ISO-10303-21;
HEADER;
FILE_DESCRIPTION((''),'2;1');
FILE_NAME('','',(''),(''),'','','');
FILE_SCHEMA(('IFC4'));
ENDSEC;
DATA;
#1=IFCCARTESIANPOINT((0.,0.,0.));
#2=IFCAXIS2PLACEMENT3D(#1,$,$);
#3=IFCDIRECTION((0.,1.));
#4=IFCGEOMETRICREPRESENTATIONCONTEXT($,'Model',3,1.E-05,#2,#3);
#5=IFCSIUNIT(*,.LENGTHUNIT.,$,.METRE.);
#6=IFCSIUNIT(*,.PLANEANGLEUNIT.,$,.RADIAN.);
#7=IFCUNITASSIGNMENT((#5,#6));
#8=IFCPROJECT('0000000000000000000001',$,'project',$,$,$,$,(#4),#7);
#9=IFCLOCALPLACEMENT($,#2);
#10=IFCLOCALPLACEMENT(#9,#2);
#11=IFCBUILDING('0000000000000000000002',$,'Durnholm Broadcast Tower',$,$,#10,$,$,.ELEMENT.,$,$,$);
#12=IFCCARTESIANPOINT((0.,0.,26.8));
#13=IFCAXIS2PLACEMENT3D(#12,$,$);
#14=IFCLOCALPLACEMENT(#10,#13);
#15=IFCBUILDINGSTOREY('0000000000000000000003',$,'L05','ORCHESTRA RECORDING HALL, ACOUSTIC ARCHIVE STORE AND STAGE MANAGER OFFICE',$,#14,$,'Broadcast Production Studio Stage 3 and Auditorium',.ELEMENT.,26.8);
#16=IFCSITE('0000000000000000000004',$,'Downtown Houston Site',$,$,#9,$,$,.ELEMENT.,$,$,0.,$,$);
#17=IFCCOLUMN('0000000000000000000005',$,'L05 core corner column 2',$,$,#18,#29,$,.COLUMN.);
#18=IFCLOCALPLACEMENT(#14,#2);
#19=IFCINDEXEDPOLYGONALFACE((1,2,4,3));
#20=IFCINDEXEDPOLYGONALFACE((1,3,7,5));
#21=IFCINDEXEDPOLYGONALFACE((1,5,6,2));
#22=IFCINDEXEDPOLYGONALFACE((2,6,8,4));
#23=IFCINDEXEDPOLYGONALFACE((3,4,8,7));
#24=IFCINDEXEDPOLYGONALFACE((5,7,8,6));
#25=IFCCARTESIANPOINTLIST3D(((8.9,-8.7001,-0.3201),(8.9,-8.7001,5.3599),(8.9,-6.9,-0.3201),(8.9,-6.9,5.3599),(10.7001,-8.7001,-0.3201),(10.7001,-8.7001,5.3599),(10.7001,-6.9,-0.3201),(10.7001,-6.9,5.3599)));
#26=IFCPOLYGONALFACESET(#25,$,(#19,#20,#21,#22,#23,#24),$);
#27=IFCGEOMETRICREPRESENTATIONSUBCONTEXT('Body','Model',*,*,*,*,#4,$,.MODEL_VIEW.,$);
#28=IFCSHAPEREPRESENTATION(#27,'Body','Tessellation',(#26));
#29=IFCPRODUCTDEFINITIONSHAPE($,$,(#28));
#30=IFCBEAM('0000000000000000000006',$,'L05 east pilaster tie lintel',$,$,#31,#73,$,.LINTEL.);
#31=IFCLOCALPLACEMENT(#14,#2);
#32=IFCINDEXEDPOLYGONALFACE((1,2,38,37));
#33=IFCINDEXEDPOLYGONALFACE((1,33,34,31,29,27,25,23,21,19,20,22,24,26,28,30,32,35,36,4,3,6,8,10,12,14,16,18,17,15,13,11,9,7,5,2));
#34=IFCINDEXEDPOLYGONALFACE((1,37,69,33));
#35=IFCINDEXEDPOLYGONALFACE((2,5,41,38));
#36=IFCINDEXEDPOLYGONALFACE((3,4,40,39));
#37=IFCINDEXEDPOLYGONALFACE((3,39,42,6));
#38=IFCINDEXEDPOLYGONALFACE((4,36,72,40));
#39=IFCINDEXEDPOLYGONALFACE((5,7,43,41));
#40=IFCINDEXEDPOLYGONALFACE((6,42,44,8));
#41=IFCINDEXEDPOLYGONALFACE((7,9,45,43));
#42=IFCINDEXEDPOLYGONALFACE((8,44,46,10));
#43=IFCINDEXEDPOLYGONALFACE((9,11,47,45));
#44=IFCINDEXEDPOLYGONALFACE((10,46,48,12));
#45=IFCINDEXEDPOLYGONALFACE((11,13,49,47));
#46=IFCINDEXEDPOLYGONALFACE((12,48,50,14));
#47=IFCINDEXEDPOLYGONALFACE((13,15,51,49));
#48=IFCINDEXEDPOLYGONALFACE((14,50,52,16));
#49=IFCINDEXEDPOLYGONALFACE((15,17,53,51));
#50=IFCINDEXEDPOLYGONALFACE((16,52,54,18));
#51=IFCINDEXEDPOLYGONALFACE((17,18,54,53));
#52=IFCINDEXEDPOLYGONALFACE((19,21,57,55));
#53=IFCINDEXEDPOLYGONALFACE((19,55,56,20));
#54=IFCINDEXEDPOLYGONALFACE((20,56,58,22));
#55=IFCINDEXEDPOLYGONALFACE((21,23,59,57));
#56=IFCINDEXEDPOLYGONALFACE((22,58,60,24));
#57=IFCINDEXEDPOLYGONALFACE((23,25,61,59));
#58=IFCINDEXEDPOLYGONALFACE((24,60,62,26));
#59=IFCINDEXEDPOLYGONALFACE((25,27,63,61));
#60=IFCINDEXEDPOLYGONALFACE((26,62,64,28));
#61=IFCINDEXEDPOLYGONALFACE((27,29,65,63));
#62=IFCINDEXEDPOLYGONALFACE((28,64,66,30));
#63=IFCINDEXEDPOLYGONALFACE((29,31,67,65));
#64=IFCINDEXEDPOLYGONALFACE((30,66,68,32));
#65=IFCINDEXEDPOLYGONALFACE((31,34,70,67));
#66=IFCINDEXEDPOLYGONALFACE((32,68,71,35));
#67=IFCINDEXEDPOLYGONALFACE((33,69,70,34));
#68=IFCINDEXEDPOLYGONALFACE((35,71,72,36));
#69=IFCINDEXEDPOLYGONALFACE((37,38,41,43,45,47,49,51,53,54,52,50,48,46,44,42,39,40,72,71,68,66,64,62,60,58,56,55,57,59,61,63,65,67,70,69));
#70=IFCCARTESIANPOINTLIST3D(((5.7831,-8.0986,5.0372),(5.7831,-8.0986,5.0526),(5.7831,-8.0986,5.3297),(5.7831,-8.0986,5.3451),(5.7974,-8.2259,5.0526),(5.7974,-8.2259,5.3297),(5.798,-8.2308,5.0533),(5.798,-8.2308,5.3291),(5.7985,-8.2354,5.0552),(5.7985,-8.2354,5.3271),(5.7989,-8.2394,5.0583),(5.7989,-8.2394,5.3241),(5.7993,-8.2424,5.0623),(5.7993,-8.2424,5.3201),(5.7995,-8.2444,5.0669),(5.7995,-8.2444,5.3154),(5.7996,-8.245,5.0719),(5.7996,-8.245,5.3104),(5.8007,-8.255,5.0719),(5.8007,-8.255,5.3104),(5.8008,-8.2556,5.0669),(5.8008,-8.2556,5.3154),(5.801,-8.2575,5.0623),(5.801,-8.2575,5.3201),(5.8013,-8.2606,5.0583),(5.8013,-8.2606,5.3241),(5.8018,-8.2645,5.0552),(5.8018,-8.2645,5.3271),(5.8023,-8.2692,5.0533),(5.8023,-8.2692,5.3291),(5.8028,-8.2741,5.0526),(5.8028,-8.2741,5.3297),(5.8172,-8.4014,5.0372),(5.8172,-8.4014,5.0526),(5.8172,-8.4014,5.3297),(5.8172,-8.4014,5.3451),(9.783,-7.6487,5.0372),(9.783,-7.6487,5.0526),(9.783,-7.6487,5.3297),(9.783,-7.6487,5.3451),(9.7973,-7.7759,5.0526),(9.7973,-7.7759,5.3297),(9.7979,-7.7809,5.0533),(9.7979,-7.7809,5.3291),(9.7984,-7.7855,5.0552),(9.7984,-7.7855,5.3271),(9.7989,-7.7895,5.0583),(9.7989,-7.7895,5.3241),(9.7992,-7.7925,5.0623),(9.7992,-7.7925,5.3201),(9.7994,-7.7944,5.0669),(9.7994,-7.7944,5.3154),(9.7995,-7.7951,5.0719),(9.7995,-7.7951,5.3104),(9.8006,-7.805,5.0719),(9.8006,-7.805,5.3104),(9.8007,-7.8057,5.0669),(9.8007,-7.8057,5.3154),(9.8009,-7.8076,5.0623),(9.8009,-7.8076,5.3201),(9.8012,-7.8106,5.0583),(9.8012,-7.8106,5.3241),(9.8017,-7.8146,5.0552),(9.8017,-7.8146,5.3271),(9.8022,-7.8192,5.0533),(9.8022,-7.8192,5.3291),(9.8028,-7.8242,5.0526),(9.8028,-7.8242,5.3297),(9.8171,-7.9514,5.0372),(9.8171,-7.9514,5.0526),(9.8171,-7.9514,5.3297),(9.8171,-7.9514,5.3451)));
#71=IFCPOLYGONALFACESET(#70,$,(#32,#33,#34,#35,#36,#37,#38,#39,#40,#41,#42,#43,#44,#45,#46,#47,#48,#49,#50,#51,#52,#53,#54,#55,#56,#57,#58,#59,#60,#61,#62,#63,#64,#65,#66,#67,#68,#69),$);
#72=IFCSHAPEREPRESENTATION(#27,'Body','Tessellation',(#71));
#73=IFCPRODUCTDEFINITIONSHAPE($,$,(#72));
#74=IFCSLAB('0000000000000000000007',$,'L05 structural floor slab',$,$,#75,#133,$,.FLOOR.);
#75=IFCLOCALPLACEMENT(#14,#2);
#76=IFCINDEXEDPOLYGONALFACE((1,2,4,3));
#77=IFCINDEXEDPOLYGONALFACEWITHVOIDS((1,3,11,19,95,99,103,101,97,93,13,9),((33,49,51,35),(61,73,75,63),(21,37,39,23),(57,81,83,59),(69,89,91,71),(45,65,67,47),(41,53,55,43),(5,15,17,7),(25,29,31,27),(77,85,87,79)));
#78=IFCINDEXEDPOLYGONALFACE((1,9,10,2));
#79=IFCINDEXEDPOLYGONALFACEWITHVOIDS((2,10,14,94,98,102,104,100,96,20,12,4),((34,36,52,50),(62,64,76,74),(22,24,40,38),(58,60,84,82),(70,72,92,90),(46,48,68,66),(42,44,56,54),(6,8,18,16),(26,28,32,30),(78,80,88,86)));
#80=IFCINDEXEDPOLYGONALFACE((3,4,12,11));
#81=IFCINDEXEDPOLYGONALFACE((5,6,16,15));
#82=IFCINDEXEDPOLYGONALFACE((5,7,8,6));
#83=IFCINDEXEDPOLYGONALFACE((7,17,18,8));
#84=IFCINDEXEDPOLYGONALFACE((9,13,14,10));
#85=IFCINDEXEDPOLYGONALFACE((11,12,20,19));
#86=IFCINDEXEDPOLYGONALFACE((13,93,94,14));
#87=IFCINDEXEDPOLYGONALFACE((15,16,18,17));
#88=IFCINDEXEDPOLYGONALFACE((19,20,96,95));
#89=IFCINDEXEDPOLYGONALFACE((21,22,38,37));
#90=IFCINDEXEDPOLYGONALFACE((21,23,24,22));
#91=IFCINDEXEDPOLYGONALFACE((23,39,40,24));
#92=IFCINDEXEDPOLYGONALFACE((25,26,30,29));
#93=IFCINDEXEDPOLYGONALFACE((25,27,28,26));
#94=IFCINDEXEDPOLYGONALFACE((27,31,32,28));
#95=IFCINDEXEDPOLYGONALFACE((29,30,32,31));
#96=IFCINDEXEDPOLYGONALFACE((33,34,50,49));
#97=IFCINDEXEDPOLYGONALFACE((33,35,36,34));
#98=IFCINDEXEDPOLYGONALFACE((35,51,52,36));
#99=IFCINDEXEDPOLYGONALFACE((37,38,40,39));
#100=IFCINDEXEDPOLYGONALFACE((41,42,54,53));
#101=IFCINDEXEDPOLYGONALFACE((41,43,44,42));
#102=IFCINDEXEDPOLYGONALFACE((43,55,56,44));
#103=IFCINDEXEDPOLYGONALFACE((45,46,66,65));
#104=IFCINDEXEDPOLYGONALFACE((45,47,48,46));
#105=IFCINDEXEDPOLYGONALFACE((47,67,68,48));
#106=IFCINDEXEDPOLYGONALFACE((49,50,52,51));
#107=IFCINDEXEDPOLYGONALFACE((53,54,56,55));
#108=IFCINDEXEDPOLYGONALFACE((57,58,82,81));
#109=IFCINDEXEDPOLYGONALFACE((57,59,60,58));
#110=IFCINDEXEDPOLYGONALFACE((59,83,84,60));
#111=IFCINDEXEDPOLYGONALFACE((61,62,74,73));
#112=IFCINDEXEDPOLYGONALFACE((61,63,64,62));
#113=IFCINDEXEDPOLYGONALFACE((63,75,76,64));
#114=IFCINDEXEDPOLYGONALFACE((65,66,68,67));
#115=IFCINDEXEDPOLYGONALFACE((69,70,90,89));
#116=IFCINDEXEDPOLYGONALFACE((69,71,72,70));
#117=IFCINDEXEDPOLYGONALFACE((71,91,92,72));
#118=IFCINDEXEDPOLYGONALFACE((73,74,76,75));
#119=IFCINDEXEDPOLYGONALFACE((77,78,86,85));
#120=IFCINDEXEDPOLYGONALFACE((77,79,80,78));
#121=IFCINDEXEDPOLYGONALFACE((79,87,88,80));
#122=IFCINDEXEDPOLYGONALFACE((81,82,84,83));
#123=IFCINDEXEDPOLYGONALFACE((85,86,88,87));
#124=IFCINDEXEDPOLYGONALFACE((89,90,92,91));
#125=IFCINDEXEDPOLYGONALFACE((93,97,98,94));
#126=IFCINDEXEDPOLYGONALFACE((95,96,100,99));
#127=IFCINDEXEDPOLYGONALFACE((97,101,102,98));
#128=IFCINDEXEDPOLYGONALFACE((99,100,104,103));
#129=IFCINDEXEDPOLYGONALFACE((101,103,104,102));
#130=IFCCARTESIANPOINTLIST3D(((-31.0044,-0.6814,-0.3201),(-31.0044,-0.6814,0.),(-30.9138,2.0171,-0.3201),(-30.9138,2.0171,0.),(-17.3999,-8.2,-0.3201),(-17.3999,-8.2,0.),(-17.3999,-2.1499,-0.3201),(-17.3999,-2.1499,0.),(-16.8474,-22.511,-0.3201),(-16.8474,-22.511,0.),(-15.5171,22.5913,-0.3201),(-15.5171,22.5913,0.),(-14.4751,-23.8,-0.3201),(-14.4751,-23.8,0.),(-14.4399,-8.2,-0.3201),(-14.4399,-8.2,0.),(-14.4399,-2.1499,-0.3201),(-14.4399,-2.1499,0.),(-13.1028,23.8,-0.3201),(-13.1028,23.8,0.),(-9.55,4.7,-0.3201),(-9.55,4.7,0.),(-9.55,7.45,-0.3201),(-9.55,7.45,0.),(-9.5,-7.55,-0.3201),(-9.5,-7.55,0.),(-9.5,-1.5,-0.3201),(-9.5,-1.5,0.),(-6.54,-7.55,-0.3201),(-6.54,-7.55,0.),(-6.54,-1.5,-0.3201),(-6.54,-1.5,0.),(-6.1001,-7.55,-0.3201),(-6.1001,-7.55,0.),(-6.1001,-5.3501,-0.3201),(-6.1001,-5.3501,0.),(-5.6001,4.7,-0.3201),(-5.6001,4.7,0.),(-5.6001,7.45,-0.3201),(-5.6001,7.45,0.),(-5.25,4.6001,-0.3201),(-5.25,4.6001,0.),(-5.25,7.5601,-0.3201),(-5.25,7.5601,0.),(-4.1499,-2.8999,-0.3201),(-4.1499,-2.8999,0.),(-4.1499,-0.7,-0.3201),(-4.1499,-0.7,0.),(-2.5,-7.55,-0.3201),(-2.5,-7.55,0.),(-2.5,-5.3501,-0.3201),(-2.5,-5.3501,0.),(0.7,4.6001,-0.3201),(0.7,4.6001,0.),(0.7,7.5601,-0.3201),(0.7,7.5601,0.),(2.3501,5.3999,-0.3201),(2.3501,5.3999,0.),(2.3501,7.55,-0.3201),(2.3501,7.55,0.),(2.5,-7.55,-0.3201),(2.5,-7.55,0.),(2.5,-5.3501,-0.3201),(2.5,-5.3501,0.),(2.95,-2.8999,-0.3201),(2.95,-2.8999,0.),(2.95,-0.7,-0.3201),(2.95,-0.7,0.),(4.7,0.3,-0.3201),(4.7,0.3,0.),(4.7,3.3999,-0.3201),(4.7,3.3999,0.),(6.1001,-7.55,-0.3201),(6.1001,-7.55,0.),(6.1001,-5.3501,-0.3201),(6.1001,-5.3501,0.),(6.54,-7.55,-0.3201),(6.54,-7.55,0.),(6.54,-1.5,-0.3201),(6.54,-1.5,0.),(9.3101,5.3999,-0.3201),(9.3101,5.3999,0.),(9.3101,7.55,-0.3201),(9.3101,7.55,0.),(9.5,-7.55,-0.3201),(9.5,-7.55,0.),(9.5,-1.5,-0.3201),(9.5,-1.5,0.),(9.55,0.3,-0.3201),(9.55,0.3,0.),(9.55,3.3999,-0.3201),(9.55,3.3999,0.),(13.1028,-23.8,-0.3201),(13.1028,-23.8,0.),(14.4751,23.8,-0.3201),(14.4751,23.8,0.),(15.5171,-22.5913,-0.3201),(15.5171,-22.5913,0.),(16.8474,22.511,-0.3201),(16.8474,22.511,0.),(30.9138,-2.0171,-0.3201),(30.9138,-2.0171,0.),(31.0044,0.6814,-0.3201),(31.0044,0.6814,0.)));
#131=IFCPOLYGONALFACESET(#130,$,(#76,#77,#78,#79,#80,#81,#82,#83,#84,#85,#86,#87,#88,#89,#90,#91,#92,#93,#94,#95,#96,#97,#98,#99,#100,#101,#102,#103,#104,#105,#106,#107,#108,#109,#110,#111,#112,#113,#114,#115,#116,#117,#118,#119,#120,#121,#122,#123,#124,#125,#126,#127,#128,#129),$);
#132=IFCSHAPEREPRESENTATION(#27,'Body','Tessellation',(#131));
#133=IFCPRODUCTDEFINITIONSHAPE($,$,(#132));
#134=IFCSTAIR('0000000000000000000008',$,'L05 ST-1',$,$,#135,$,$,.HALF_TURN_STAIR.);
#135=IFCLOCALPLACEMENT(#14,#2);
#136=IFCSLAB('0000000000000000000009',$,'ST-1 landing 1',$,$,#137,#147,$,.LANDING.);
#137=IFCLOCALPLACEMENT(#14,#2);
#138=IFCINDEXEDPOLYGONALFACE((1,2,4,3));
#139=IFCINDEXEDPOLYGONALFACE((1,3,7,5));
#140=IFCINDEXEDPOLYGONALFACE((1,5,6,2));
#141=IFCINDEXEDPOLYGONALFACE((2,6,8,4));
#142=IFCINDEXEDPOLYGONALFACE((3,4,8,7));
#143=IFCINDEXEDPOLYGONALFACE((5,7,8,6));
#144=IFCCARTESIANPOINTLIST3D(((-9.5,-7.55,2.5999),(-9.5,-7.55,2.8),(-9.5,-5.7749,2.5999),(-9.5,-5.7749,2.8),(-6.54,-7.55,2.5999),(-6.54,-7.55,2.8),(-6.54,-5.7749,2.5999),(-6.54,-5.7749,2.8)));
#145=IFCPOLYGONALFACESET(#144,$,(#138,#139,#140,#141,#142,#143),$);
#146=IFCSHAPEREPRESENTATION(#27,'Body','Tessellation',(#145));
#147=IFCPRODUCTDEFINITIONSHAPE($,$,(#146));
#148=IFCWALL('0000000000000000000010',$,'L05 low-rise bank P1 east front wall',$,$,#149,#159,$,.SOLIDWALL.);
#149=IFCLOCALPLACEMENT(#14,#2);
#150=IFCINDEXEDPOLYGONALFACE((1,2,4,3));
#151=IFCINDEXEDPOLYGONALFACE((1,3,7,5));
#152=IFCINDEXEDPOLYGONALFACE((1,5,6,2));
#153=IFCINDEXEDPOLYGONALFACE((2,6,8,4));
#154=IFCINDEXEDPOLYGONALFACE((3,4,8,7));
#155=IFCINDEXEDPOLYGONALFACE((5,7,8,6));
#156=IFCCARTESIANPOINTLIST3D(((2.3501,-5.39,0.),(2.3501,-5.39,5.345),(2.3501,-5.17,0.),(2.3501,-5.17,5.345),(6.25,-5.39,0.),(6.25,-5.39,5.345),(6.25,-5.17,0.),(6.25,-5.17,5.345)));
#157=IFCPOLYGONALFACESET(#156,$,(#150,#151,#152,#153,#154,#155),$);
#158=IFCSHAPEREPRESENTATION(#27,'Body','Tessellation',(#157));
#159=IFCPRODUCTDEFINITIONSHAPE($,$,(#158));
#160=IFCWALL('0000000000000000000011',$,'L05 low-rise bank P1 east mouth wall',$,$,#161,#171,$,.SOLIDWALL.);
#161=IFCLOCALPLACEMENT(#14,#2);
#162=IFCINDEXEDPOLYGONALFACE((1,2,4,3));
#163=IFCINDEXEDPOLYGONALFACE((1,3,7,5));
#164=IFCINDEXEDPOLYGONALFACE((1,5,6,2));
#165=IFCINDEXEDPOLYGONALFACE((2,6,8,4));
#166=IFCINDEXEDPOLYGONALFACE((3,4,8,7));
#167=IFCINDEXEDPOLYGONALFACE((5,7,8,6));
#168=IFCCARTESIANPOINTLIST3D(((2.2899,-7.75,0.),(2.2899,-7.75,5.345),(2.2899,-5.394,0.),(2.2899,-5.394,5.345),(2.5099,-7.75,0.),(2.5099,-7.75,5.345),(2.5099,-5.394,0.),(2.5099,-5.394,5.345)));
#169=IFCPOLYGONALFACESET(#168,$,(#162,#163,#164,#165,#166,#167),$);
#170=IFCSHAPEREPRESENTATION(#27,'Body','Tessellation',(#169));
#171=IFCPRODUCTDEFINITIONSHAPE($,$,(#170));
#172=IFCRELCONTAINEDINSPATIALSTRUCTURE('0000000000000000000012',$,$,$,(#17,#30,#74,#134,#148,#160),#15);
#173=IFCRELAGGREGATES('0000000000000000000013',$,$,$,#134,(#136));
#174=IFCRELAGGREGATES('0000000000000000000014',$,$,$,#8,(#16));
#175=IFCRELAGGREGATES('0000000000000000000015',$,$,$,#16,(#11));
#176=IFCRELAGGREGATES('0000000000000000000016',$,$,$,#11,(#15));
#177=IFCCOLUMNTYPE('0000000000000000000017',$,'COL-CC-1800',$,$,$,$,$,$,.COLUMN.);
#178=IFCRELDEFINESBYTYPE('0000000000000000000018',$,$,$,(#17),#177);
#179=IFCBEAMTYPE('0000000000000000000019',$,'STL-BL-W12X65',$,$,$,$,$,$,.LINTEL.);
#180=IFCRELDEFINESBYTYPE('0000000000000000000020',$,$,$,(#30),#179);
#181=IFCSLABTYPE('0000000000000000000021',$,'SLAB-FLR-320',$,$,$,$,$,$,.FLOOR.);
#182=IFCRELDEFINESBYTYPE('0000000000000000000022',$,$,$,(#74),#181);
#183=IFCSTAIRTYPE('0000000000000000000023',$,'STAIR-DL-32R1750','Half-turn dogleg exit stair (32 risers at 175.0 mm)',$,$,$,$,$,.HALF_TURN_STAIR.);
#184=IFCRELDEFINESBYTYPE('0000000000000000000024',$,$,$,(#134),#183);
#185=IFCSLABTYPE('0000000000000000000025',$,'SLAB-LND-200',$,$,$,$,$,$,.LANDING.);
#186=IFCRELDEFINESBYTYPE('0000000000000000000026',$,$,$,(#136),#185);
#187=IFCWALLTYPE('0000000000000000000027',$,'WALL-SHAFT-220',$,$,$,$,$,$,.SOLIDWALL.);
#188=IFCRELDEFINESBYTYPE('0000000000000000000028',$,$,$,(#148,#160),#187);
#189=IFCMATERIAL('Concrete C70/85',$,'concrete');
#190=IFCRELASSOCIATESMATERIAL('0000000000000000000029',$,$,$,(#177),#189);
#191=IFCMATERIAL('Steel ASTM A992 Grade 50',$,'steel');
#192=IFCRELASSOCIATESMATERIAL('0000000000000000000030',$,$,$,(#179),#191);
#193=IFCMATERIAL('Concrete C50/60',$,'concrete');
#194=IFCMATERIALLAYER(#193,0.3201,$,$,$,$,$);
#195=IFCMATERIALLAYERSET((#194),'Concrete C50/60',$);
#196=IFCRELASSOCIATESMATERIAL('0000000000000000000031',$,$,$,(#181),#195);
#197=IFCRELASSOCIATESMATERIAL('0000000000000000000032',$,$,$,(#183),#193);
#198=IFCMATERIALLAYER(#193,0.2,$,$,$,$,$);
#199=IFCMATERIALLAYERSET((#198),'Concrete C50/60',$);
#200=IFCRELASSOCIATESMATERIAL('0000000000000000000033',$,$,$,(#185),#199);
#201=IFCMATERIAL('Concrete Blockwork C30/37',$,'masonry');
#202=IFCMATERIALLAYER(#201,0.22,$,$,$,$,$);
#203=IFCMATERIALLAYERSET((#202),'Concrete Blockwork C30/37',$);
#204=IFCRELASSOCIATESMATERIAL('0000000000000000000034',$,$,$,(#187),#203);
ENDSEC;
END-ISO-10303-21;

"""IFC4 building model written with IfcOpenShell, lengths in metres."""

from ifc_helpers import new_model, si_unit, direction, frame, frame_2d, origin, origin_2d, place, context, subcontext, project, spatial, polyline, rectangle, i_section, outline, extrude, source, transform, mapped, material, layer, layer_set, material_profile, profile_set, type_object, type_shapes, element, aggregate, save


model = new_model("IFC4")

# Units and contexts
model_context = context("Model", 3, precision=1e-05, world=origin(), true_north=direction((0.0, 1.0)))
body_context = subcontext(model_context, "Body", "Model", "MODEL_VIEW")
ifc_project = project(units=[si_unit("LENGTHUNIT", "METRE"), si_unit("PLANEANGLEUNIT", "RADIAN")], contexts=[model_context])

# Site, building, storey
site_placement = place(None, origin())
site = spatial("IfcSite", under=ifc_project, at=site_placement, Name="Downtown Houston Site", CompositionType="ELEMENT", RefElevation=0.0)
building_placement = place(site_placement, origin())
building = spatial("IfcBuilding", under=site, at=building_placement, Name="Durnholm Broadcast Tower", CompositionType="ELEMENT")
storey_placement = place(building_placement, frame((0.0, 0.0, 26.8)))
storey = spatial("IfcBuildingStorey", under=building, at=storey_placement, Name="L05", Description="ORCHESTRA RECORDING HALL, ACOUSTIC ARCHIVE STORE AND STAGE MANAGER OFFICE", LongName="Broadcast Production Studio Stage 3 and Auditorium", CompositionType="ELEMENT", Elevation=26.8)

# Column
ifc_material_1 = material(Name="Concrete C70/85", Category="concrete")
ifc_material_profile_1 = material_profile(ifc_material_1, rectangle(XDim=1.8, YDim=1.8, at=origin_2d()), Name="RC1800X1800")
ifc_profile_set_1 = profile_set([ifc_material_profile_1], Name="Concrete C70/85")
column_type = type_object("IfcColumnType", Name="COL-CC-1800", PredefinedType="COLUMN", material=ifc_profile_set_1)
shared_shape_1 = source(origin(), body_context, "Body", "SweptSolid", [
    extrude(rectangle(XDim=1.8, YDim=1.8, at=origin_2d()), origin(), (0.0, 0.0, 1.0), 5.6799),
])
type_shapes(column_type, [shared_shape_1])
column_placement = place(storey_placement, frame((9.8, -7.8, -0.3201), z_axis=(0.0, 0.0, 1.0), x_axis=(1.0, 0.0, 0.0)))
element("IfcColumn", 1, at=column_placement, inside=storey, type_object=column_type, Name="L05 core corner column 2", PredefinedType="COLUMN", context=body_context, shape_type="MappedRepresentation", body=[
    mapped(shared_shape_1, transform((0.0, 0.0, 0.0), x_axis=(1.0, 0.0, 0.0), y_axis=(0.0, 1.0, 0.0), z_axis=(0.0, 0.0, 1.0), scale=1.0)),
])

# Beam
ifc_material_2 = material(Name="Steel ASTM A992 Grade 50", Category="steel")
ifc_material_profile_2 = material_profile(ifc_material_2, i_section(OverallWidth=0.3047, OverallDepth=0.3079, WebThickness=0.01, FlangeThickness=0.0154, FilletRadius=0.0193, at=origin_2d()), Name="W12X65")
ifc_profile_set_2 = profile_set([ifc_material_profile_2], Name="Steel ASTM A992 Grade 50")
beam_type = type_object("IfcBeamType", Name="STL-BL-W12X65", PredefinedType="LINTEL", material=ifc_profile_set_2)
shared_shape_2 = source(origin(), body_context, "Body", "SweptSolid", [
    extrude(i_section(OverallWidth=0.3047, OverallDepth=0.3079, WebThickness=0.01, FlangeThickness=0.0154, FilletRadius=0.0193, at=origin_2d()), origin(), (0.0, 0.0, 1.0), 4.0251),
])
type_shapes(beam_type, [shared_shape_2])
beam_placement = place(storey_placement, frame((9.8, -7.8, 5.1912), z_axis=(-0.993733, -0.111783, 0.0), x_axis=(0.111783, -0.993733, 0.0)))
element("IfcBeam", 2, at=beam_placement, inside=storey, type_object=beam_type, Name="L05 east pilaster tie lintel", PredefinedType="LINTEL", context=body_context, shape_type="MappedRepresentation", body=[
    mapped(shared_shape_2, transform((0.0, 0.0, 0.0), x_axis=(1.0, 0.0, 0.0), y_axis=(0.0, 1.0, 0.0), z_axis=(0.0, 0.0, 1.0), scale=1.0)),
])

# Slab
ifc_material_3 = material(Name="Concrete C50/60", Category="concrete")
ifc_layer_1 = layer(ifc_material_3, 0.3201)
ifc_layer_set_1 = layer_set([ifc_layer_1], Name="Concrete C50/60")
slab_type_1 = type_object("IfcSlabType", Name="SLAB-FLR-320", PredefinedType="FLOOR", material=ifc_layer_set_1)
slab_1_placement = place(storey_placement, frame((0.0, 0.0, -0.3201)))
element("IfcSlab", 3, at=slab_1_placement, inside=storey, type_object=slab_type_1, Name="L05 structural floor slab", PredefinedType="FLOOR", context=body_context, shape_type="SweptSolid", body=[
    extrude(outline(polyline([(-16.8474, -22.511), (-14.4751, -23.8), (13.1028, -23.8), (15.5171, -22.5913), (30.9138, -2.0171), (31.0044, 0.6814), (16.8474, 22.511), (14.4751, 23.8), (-13.1028, 23.8), (-15.5171, 22.5913), (-30.9138, 2.0171), (-31.0044, -0.6814), (-16.8474, -22.511)]), holes=[polyline([(-2.5, -5.3501), (-6.1001, -5.3501), (-6.1001, -7.55), (-2.5, -7.55), (-2.5, -5.3501)]), polyline([(6.1001, -5.3501), (2.5, -5.3501), (2.5, -7.55), (6.1001, -7.55), (6.1001, -5.3501)]), polyline([(-14.4399, -8.2), (-14.4399, -2.1499), (-17.3999, -2.1499), (-17.3999, -8.2), (-14.4399, -8.2)]), polyline([(-9.5, -7.55), (-6.54, -7.55), (-6.54, -1.5), (-9.5, -1.5), (-9.5, -7.55)]), polyline([(6.54, -7.55), (9.5, -7.55), (9.5, -1.5), (6.54, -1.5), (6.54, -7.55)]), polyline([(2.95, -0.7), (-4.1499, -0.7), (-4.1499, -2.8999), (2.95, -2.8999), (2.95, -0.7)]), polyline([(9.55, 3.3999), (4.7, 3.3999), (4.7, 0.3), (9.55, 0.3), (9.55, 3.3999)]), polyline([(-5.6001, 7.45), (-9.55, 7.45), (-9.55, 4.7), (-5.6001, 4.7), (-5.6001, 7.45)]), polyline([(-5.25, 7.5601), (-5.25, 4.6001), (0.7, 4.6001), (0.7, 7.5601), (-5.25, 7.5601)]), polyline([(9.3101, 5.3999), (9.3101, 7.55), (2.3501, 7.55), (2.3501, 5.3999), (9.3101, 5.3999)])]), origin(), (0.0, 0.0, 1.0), 0.3201),
])

# Stair, slab
stair_type = type_object("IfcStairType", Name="STAIR-DL-32R1750", Description="Half-turn dogleg exit stair (32 risers at 175.0 mm)", PredefinedType="HALF_TURN_STAIR", material=ifc_material_3)
stair_1_placement = place(storey_placement, origin())
stair_1 = element("IfcStair", 4, at=stair_1_placement, inside=storey, type_object=stair_type, Name="L05 ST-1", PredefinedType="HALF_TURN_STAIR")
ifc_layer_2 = layer(ifc_material_3, 0.2)
ifc_layer_set_2 = layer_set([ifc_layer_2], Name="Concrete C50/60")
slab_type_2 = type_object("IfcSlabType", Name="SLAB-LND-200", PredefinedType="LANDING", material=ifc_layer_set_2)
slab_2_placement = place(storey_placement, frame((0.0, 0.0, 2.5999)))
slab_2 = element("IfcSlab", 5, at=slab_2_placement, type_object=slab_type_2, Name="ST-1 landing 1", PredefinedType="LANDING", context=body_context, shape_type="SweptSolid", body=[
    extrude(outline(polyline([(-9.5, -5.7749), (-9.5, -7.55), (-6.54, -7.55), (-6.54, -5.7749), (-9.5, -5.7749)])), origin(), (0.0, 0.0, 1.0), 0.2002),
])
aggregate(stair_1, [slab_2])

# Walls
ifc_material_4 = material(Name="Concrete Blockwork C30/37", Category="masonry")
ifc_layer_3 = layer(ifc_material_4, 0.22)
ifc_layer_set_3 = layer_set([ifc_layer_3], Name="Concrete Blockwork C30/37")
wall_type_1 = type_object("IfcWallType", Name="WALL-SHAFT-220", PredefinedType="SOLIDWALL", material=ifc_layer_set_3)
wall_1_placement = place(storey_placement, frame((2.3501, -5.28, 0.0), z_axis=(0.0, 0.0, 1.0), x_axis=(1.0, 0.0, 0.0)))
element("IfcWall", 6, at=wall_1_placement, inside=storey, type_object=wall_type_1, Name="L05 low-rise bank P1 east front wall", PredefinedType="SOLIDWALL", context=body_context, shape_type="SweptSolid", body=[
    extrude(rectangle(XDim=3.8999, YDim=0.22, at=frame_2d((1.95, 0.0))), origin(), (0.0, 0.0, 1.0), 5.345),
])
wall_2_placement = place(storey_placement, frame((2.3999, -7.75, 0.0), z_axis=(0.0, 0.0, 1.0), x_axis=(0.0, 1.0, 0.0)))
element("IfcWall", 7, at=wall_2_placement, inside=storey, type_object=wall_type_1, Name="L05 low-rise bank P1 east mouth wall", PredefinedType="SOLIDWALL", context=body_context, shape_type="SweptSolid", body=[
    extrude(rectangle(XDim=2.356, YDim=0.22, at=frame_2d((1.178, 0.0))), origin(), (0.0, 0.0, 1.0), 5.345),
])

save(model, "model.ifc")
